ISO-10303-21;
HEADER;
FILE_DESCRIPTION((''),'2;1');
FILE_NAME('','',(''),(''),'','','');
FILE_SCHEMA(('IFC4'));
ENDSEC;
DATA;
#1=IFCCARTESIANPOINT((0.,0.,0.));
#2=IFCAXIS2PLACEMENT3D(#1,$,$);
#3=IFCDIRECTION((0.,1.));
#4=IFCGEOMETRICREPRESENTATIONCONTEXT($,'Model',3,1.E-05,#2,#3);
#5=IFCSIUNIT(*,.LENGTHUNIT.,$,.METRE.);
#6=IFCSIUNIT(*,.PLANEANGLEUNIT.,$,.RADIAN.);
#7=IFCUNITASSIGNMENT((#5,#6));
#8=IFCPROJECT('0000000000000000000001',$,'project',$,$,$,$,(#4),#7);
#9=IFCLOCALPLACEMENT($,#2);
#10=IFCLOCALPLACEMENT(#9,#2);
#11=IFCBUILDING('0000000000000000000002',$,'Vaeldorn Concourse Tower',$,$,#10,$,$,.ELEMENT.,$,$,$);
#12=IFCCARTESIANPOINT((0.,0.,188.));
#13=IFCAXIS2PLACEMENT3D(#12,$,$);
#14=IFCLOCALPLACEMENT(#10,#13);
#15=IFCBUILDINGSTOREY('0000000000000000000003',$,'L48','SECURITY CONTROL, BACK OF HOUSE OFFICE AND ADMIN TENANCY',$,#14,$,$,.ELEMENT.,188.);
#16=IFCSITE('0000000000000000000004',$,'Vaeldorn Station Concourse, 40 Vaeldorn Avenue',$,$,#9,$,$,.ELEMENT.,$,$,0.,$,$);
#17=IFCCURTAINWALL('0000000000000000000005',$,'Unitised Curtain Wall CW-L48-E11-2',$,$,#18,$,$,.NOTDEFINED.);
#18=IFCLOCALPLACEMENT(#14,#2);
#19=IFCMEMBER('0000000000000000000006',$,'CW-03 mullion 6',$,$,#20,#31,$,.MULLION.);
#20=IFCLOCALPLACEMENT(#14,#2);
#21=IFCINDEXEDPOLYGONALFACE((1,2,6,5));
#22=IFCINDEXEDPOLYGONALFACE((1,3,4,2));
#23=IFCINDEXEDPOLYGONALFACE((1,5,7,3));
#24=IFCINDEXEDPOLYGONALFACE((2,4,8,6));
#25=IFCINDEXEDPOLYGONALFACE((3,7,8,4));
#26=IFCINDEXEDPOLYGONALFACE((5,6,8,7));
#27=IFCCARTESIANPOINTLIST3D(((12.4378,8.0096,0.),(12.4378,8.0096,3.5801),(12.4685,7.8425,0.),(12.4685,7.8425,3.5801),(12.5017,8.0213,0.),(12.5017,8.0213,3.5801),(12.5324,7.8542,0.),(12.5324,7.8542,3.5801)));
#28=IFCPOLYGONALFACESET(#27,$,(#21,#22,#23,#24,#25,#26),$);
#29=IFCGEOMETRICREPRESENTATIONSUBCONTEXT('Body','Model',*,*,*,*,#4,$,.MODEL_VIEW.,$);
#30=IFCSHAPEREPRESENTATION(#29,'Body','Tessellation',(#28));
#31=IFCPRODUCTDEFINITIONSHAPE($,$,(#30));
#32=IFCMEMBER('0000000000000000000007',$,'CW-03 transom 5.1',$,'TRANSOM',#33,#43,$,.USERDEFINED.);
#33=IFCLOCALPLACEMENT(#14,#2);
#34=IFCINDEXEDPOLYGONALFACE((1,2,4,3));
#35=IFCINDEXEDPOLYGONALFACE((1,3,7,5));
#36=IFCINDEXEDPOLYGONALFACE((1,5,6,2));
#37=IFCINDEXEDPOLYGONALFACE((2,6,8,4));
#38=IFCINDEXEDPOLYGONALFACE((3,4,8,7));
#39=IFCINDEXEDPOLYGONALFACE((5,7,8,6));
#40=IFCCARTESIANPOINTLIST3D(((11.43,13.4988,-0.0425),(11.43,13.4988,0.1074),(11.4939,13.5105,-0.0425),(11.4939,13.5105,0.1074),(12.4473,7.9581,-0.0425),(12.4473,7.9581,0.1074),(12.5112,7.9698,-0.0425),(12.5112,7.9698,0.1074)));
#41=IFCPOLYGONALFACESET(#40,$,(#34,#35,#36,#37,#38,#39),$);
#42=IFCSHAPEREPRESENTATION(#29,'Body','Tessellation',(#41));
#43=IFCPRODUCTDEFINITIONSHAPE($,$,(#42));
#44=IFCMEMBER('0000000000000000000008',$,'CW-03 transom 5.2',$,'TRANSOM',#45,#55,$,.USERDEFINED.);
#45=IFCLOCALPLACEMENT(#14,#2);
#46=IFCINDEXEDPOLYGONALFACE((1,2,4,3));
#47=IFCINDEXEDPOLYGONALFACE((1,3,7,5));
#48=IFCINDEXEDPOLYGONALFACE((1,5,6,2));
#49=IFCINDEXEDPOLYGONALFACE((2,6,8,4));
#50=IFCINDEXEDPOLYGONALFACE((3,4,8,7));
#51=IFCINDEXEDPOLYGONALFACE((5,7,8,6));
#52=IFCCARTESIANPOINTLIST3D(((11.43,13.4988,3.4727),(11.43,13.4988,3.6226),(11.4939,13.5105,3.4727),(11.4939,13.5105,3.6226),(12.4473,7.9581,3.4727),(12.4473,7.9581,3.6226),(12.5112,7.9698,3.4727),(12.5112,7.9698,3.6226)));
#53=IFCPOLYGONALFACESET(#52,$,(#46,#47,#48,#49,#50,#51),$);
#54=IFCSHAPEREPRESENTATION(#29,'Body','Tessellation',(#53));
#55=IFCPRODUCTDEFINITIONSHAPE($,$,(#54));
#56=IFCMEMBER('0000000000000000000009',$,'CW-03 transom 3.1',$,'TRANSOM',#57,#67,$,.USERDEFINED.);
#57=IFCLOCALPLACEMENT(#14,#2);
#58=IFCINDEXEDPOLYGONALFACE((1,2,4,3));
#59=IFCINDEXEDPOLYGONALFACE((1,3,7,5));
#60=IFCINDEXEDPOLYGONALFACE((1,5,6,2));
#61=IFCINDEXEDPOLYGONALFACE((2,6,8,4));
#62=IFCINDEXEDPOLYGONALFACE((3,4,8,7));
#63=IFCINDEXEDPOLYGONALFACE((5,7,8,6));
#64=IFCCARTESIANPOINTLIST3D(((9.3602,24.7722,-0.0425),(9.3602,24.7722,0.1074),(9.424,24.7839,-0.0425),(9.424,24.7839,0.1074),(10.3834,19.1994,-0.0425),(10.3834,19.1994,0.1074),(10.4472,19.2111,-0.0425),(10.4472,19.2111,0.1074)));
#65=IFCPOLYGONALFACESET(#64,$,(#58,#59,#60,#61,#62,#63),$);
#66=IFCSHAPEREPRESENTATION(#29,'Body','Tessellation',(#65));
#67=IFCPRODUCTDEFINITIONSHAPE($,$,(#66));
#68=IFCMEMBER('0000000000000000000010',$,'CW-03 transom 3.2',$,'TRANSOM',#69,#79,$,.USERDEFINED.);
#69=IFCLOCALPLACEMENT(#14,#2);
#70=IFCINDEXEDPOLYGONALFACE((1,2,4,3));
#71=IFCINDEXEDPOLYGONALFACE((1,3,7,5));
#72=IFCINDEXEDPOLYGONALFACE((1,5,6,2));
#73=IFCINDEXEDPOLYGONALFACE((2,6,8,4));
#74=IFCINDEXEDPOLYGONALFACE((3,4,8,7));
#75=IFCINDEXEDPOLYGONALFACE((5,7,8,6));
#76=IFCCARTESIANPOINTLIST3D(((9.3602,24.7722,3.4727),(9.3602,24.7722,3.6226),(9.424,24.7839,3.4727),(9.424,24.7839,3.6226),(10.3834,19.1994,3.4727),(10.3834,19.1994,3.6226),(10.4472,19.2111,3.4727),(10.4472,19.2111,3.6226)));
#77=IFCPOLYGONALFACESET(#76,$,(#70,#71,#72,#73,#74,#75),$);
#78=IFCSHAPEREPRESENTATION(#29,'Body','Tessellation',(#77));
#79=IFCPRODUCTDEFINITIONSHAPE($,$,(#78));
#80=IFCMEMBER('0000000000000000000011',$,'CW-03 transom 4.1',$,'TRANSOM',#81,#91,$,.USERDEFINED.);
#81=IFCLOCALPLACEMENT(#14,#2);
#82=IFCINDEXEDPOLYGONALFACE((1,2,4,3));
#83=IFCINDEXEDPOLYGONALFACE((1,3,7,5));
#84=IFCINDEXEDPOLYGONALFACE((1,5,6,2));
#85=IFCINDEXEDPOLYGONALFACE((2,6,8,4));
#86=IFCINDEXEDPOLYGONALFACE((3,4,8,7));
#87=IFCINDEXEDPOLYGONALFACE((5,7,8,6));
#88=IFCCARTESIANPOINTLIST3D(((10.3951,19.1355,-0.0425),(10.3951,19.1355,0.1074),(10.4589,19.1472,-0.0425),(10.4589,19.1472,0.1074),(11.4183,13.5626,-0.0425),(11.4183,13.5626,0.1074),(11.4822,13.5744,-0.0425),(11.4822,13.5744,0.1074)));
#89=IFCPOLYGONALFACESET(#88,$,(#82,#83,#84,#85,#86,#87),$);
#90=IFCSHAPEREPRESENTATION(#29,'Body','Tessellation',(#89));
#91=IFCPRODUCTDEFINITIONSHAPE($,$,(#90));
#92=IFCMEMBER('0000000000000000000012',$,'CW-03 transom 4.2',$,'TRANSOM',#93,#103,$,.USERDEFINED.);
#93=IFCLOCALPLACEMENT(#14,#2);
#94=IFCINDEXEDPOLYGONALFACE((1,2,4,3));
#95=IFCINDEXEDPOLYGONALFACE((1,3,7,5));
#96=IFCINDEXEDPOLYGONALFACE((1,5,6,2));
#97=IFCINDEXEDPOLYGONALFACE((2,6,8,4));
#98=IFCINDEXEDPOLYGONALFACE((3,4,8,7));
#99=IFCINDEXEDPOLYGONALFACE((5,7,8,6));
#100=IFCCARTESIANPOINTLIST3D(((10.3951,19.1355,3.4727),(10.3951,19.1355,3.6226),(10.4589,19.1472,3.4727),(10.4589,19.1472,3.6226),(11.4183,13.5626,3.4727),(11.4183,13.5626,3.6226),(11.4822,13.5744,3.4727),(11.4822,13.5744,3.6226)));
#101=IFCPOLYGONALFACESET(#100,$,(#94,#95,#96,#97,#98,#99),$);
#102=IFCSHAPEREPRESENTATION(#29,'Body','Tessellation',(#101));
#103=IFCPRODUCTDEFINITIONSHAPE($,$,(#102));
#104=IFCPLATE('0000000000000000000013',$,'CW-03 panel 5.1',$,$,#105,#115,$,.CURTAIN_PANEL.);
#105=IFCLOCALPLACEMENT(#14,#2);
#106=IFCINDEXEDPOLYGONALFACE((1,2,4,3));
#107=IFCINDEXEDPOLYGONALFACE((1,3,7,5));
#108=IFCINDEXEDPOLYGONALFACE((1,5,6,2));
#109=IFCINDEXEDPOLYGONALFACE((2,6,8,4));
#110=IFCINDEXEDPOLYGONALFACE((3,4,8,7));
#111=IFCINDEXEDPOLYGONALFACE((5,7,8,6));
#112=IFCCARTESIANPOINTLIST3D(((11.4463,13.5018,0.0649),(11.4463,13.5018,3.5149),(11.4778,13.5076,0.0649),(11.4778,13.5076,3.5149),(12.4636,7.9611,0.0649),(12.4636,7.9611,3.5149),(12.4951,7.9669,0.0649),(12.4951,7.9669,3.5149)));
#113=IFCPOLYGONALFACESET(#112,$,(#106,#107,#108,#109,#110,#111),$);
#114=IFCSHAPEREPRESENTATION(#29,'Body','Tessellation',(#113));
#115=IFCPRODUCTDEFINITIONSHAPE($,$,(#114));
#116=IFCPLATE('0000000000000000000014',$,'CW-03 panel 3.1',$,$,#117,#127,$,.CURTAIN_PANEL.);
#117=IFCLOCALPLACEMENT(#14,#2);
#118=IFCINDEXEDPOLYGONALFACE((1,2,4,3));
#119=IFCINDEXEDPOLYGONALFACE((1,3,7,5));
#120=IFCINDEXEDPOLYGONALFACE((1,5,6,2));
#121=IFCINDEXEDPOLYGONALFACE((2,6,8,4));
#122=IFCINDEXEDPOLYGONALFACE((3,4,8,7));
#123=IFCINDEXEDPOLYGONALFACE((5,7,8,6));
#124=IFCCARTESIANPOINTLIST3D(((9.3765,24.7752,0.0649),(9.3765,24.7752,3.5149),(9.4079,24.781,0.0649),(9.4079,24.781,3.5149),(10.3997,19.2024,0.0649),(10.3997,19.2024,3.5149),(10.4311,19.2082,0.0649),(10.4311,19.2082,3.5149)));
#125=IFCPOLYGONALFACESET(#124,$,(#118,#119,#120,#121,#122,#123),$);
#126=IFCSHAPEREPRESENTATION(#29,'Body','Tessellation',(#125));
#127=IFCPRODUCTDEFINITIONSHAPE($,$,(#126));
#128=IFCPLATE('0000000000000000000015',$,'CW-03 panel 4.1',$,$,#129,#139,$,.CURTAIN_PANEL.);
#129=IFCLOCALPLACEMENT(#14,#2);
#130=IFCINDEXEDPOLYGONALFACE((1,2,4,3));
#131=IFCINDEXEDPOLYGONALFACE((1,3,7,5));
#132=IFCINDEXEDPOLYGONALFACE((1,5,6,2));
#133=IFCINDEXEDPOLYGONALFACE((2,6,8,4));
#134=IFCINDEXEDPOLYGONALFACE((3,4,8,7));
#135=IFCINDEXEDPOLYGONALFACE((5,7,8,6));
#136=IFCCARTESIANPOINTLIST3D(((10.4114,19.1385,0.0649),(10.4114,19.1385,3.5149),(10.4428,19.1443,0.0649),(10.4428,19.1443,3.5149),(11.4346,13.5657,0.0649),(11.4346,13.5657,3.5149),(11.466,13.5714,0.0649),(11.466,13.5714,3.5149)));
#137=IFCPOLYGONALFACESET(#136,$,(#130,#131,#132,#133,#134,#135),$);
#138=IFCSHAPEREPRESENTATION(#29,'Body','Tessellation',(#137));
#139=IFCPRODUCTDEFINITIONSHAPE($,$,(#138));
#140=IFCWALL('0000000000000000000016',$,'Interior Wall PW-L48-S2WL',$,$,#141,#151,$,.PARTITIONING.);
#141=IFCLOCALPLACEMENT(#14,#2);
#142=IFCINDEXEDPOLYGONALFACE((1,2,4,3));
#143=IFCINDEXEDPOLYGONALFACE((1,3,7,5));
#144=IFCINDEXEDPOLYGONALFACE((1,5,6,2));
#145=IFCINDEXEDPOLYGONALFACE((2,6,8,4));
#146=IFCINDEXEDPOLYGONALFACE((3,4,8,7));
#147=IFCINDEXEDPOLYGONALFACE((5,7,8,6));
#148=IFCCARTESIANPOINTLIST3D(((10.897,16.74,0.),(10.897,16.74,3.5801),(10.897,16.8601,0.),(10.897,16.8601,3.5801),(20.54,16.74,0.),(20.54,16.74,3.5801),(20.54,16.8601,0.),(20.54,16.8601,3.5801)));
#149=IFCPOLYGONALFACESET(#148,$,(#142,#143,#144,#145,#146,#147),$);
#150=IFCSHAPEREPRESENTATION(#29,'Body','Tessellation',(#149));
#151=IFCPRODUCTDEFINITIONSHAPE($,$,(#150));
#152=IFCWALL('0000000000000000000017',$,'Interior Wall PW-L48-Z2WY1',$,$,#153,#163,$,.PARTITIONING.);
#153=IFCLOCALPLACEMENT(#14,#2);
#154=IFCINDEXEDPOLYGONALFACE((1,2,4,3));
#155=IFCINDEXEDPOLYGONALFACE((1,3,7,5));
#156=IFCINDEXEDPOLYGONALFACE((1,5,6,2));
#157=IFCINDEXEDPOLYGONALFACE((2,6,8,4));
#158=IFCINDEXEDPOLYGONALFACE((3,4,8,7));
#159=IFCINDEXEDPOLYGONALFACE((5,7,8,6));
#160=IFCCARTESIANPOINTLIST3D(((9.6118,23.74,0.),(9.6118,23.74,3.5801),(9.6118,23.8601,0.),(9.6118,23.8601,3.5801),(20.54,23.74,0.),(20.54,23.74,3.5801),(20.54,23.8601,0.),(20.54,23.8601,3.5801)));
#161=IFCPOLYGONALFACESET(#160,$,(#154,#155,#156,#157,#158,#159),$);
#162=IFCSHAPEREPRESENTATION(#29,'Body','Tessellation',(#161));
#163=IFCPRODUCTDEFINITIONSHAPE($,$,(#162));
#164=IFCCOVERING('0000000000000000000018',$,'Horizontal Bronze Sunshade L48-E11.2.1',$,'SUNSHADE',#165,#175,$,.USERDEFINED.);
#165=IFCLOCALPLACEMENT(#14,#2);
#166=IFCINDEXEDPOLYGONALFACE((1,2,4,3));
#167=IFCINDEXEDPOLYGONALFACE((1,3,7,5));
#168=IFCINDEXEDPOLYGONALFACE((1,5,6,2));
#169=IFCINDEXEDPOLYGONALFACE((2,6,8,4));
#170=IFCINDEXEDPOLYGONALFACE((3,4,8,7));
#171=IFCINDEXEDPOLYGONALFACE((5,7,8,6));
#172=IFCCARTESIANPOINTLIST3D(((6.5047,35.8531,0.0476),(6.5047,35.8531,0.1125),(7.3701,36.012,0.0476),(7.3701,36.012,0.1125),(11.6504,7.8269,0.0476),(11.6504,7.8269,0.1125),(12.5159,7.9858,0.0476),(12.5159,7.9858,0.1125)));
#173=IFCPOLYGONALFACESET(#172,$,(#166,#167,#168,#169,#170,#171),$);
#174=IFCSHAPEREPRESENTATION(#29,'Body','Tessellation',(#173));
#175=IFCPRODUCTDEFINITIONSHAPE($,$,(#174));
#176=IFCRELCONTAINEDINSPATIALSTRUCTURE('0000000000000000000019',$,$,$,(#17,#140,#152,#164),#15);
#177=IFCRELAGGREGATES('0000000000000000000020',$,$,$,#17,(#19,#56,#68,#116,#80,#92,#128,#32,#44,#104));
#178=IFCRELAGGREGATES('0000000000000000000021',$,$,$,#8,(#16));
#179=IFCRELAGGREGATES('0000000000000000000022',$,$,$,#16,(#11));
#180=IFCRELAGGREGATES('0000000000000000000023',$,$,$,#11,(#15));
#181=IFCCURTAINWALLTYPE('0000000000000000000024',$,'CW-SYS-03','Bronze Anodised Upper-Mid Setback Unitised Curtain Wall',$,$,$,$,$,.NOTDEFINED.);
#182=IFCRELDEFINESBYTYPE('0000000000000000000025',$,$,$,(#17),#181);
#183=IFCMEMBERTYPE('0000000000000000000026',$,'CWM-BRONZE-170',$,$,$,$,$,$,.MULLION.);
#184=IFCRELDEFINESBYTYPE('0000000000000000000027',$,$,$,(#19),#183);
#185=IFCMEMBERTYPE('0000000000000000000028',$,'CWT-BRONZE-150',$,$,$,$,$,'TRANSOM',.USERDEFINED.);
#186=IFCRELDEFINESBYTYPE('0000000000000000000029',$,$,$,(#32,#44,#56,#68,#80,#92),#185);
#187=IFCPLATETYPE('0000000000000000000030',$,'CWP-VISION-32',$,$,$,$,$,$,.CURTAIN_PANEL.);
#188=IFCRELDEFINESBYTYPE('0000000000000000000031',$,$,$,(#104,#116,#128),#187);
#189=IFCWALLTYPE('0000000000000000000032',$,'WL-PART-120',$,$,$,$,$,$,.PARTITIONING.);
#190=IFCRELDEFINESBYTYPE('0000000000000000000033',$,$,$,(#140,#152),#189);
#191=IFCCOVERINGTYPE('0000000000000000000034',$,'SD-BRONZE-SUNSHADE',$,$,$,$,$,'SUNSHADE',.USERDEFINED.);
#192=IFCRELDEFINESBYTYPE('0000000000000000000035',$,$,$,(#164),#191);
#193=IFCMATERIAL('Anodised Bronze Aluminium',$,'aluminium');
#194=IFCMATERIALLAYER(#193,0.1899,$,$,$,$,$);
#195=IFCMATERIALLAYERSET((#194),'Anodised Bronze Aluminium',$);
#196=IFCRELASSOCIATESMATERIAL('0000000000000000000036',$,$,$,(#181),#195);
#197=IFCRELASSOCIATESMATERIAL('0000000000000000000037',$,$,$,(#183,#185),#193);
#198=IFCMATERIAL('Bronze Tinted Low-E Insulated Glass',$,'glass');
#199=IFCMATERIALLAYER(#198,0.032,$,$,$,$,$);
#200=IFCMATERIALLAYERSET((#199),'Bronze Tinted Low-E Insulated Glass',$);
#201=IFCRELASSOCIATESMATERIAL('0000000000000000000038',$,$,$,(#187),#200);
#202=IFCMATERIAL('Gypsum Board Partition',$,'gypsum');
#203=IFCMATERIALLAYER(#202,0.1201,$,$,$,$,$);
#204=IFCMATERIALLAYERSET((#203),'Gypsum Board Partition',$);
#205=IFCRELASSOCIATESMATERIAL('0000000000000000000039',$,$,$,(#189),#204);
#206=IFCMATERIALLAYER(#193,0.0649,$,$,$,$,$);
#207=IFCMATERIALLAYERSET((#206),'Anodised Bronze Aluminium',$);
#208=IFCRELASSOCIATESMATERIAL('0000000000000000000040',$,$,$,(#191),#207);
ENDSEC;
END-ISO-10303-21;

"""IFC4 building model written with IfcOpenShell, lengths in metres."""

from ifc_helpers import new_model, si_unit, direction, frame, frame_2d, origin, origin_2d, place, context, subcontext, project, spatial, rectangle, extrude, source, transform, mapped, material, layer, layer_set, material_profile, profile_set, type_object, element, aggregate, save


model = new_model("IFC4")

# Units and contexts
model_context = context("Model", 3, precision=1e-05, world=origin(), true_north=direction((0.0, 1.0)))
body_context = subcontext(model_context, "Body", "Model", "MODEL_VIEW")
ifc_project = project(units=[si_unit("LENGTHUNIT", "METRE"), si_unit("PLANEANGLEUNIT", "RADIAN")], contexts=[model_context])

# Site, building, storey
site_placement = place(None, origin())
site = spatial("IfcSite", under=ifc_project, at=site_placement, Name="Vaeldorn Station Concourse, 40 Vaeldorn Avenue", CompositionType="ELEMENT", RefElevation=0.0)
building_placement = place(site_placement, origin())
building = spatial("IfcBuilding", under=site, at=building_placement, Name="Vaeldorn Concourse Tower", CompositionType="ELEMENT")
storey_placement = place(building_placement, frame((0.0, 0.0, 188.0)))
storey = spatial("IfcBuildingStorey", under=building, at=storey_placement, Name="L48", Description="SECURITY CONTROL, BACK OF HOUSE OFFICE AND ADMIN TENANCY", CompositionType="ELEMENT", Elevation=188.0)

# Curtain wall, members, plates
ifc_material_1 = material(Name="Anodised Bronze Aluminium", Category="aluminium")
ifc_layer_1 = layer(ifc_material_1, 0.1899)
ifc_layer_set_1 = layer_set([ifc_layer_1], Name="Anodised Bronze Aluminium")
curtain_wall_type = type_object("IfcCurtainWallType", Name="CW-SYS-03", Description="Bronze Anodised Upper-Mid Setback Unitised Curtain Wall", PredefinedType="NOTDEFINED", material=ifc_layer_set_1)
curtain_wall_placement = place(storey_placement, origin())
curtain_wall = element("IfcCurtainWall", 1, at=curtain_wall_placement, inside=storey, type_object=curtain_wall_type, Name="Unitised Curtain Wall CW-L48-E11-2", PredefinedType="NOTDEFINED")
ifc_material_profile_1 = material_profile(ifc_material_1, rectangle(XDim=0.0649, YDim=0.1699, at=origin_2d()), Name="CWM 65x170")
ifc_profile_set_1 = profile_set([ifc_material_profile_1], Name="Anodised Bronze Aluminium")
member_type_1 = type_object("IfcMemberType", Name="CWM-BRONZE-170", PredefinedType="MULLION", material=ifc_profile_set_1)
shared_shape_1 = source(origin(), body_context, "Body", "SweptSolid", [
    extrude(rectangle(XDim=0.0649, YDim=0.1699, at=origin_2d()), origin(), (0.0, 0.0, 1.0), 3.5801),
])
member_1_placement = place(storey_placement, frame((12.4851, 7.9319, 0.0), z_axis=(0.0, 0.0, 1.0), x_axis=(0.983559, 0.180585, 0.0)))
member_1 = element("IfcMember", 2, at=member_1_placement, type_object=member_type_1, Name="CW-03 mullion 6", PredefinedType="MULLION", context=body_context, shape_type="MappedRepresentation", body=[
    mapped(shared_shape_1, transform((0.0, 0.0, 0.0), scale=1.0)),
])
ifc_material_profile_2 = material_profile(ifc_material_1, rectangle(XDim=0.0649, YDim=0.1499, at=origin_2d()), Name="CWT 65x150")
ifc_profile_set_2 = profile_set([ifc_material_profile_2], Name="Anodised Bronze Aluminium")
member_type_2 = type_object("IfcMemberType", Name="CWT-BRONZE-150", ElementType="TRANSOM", PredefinedType="USERDEFINED", material=ifc_profile_set_2)
shared_shape_2 = source(origin(), body_context, "Body", "SweptSolid", [
    extrude(rectangle(XDim=0.0649, YDim=0.1499, at=origin_2d()), origin(), (0.0, 0.0, 1.0), 5.6333),
])
member_2_placement = place(storey_placement, frame((11.4619, 13.5046, 0.0325), z_axis=(0.18059, -0.983558, 0.0), x_axis=(0.983558, 0.18059, 0.0)))
member_2 = element("IfcMember", 3, at=member_2_placement, type_object=member_type_2, Name="CW-03 transom 5.1", ObjectType="TRANSOM", PredefinedType="USERDEFINED", context=body_context, shape_type="MappedRepresentation", body=[
    mapped(shared_shape_2, transform((0.0, 0.0, 0.0), scale=1.0)),
])
member_3_placement = place(storey_placement, frame((11.4619, 13.5046, 3.5476), z_axis=(0.18059, -0.983558, 0.0), x_axis=(0.983558, 0.18059, 0.0)))
member_3 = element("IfcMember", 4, at=member_3_placement, type_object=member_type_2, Name="CW-03 transom 5.2", ObjectType="TRANSOM", PredefinedType="USERDEFINED", context=body_context, shape_type="MappedRepresentation", body=[
    mapped(shared_shape_2, transform((0.0, 0.0, 0.0), scale=1.0)),
])
shared_shape_3 = source(origin(), body_context, "Body", "SweptSolid", [
    extrude(rectangle(XDim=0.0649, YDim=0.1499, at=origin_2d()), origin(), (0.0, 0.0, 1.0), 5.666),
])
member_4_placement = place(storey_placement, frame((9.3921, 24.7781, 0.0325), z_axis=(0.180588, -0.983559, 0.0), x_axis=(0.983559, 0.180588, 0.0)))
member_4 = element("IfcMember", 5, at=member_4_placement, type_object=member_type_2, Name="CW-03 transom 3.1", ObjectType="TRANSOM", PredefinedType="USERDEFINED", context=body_context, shape_type="MappedRepresentation", body=[
    mapped(shared_shape_3, transform((0.0, 0.0, 0.0), scale=1.0)),
])
member_5_placement = place(storey_placement, frame((9.3921, 24.7781, 3.5476), z_axis=(0.180588, -0.983559, 0.0), x_axis=(0.983559, 0.180588, 0.0)))
member_5 = element("IfcMember", 6, at=member_5_placement, type_object=member_type_2, Name="CW-03 transom 3.2", ObjectType="TRANSOM", PredefinedType="USERDEFINED", context=body_context, shape_type="MappedRepresentation", body=[
    mapped(shared_shape_3, transform((0.0, 0.0, 0.0), scale=1.0)),
])
member_6_placement = place(storey_placement, frame((10.427, 19.1414, 0.0325), z_axis=(0.180588, -0.983559, 0.0), x_axis=(0.983559, 0.180588, 0.0)))
member_6 = element("IfcMember", 7, at=member_6_placement, type_object=member_type_2, Name="CW-03 transom 4.1", ObjectType="TRANSOM", PredefinedType="USERDEFINED", context=body_context, shape_type="MappedRepresentation", body=[
    mapped(shared_shape_3, transform((0.0, 0.0, 0.0), scale=1.0)),
])
member_7_placement = place(storey_placement, frame((10.427, 19.1414, 3.5476), z_axis=(0.180588, -0.983559, 0.0), x_axis=(0.983559, 0.180588, 0.0)))
member_7 = element("IfcMember", 8, at=member_7_placement, type_object=member_type_2, Name="CW-03 transom 4.2", ObjectType="TRANSOM", PredefinedType="USERDEFINED", context=body_context, shape_type="MappedRepresentation", body=[
    mapped(shared_shape_3, transform((0.0, 0.0, 0.0), scale=1.0)),
])
ifc_material_2 = material(Name="Bronze Tinted Low-E Insulated Glass", Category="glass")
ifc_layer_2 = layer(ifc_material_2, 0.032)
ifc_layer_set_2 = layer_set([ifc_layer_2], Name="Bronze Tinted Low-E Insulated Glass")
plate_type = type_object("IfcPlateType", Name="CWP-VISION-32", PredefinedType="CURTAIN_PANEL", material=ifc_layer_set_2)
shared_shape_4 = source(origin(), body_context, "Body", "SweptSolid", [
    extrude(rectangle(XDim=5.6333, YDim=0.032, at=origin_2d()), origin(), (0.0, 0.0, 1.0), 3.45),
])
plate_1_placement = place(storey_placement, frame((11.9707, 10.7344, 0.0649), z_axis=(0.0, 0.0, 1.0), x_axis=(0.180585, -0.983559, 0.0)))
plate_1 = element("IfcPlate", 9, at=plate_1_placement, type_object=plate_type, Name="CW-03 panel 5.1", PredefinedType="CURTAIN_PANEL", context=body_context, shape_type="MappedRepresentation", body=[
    mapped(shared_shape_4, transform((0.0, 0.0, 0.0), scale=1.0)),
])
shared_shape_5 = source(origin(), body_context, "Body", "SweptSolid", [
    extrude(rectangle(XDim=5.666, YDim=0.032, at=origin_2d()), origin(), (0.0, 0.0, 1.0), 3.45),
])
plate_2_placement = place(storey_placement, frame((9.9038, 21.9917, 0.0649), z_axis=(0.0, 0.0, 1.0), x_axis=(0.180585, -0.983559, 0.0)))
plate_2 = element("IfcPlate", 10, at=plate_2_placement, type_object=plate_type, Name="CW-03 panel 3.1", PredefinedType="CURTAIN_PANEL", context=body_context, shape_type="MappedRepresentation", body=[
    mapped(shared_shape_5, transform((0.0, 0.0, 0.0), scale=1.0)),
])
plate_3_placement = place(storey_placement, frame((10.9387, 16.355, 0.0649), z_axis=(0.0, 0.0, 1.0), x_axis=(0.180585, -0.983559, 0.0)))
plate_3 = element("IfcPlate", 11, at=plate_3_placement, type_object=plate_type, Name="CW-03 panel 4.1", PredefinedType="CURTAIN_PANEL", context=body_context, shape_type="MappedRepresentation", body=[
    mapped(shared_shape_5, transform((0.0, 0.0, 0.0), scale=1.0)),
])
aggregate(curtain_wall, [member_1, member_4, member_5, plate_2, member_6, member_7, plate_3, member_2, member_3, plate_1])

# Walls
ifc_material_3 = material(Name="Gypsum Board Partition", Category="gypsum")
ifc_layer_3 = layer(ifc_material_3, 0.1201)
ifc_layer_set_3 = layer_set([ifc_layer_3], Name="Gypsum Board Partition")
wall_type = type_object("IfcWallType", Name="WL-PART-120", PredefinedType="PARTITIONING", material=ifc_layer_set_3)
wall_1_placement = place(storey_placement, frame((10.897, 16.8, 0.0), z_axis=(0.0, 0.0, 1.0), x_axis=(1.0, 0.0, 0.0)))
element("IfcWall", 12, at=wall_1_placement, inside=storey, type_object=wall_type, Name="Interior Wall PW-L48-S2WL", PredefinedType="PARTITIONING", context=body_context, shape_type="SweptSolid", body=[
    extrude(rectangle(XDim=9.6431, YDim=0.1201, at=frame_2d((4.8215, 0.0))), origin(), (0.0, 0.0, 1.0), 3.5801),
])
wall_2_placement = place(storey_placement, frame((9.6118, 23.8, 0.0), z_axis=(0.0, 0.0, 1.0), x_axis=(1.0, 0.0, 0.0)))
element("IfcWall", 13, at=wall_2_placement, inside=storey, type_object=wall_type, Name="Interior Wall PW-L48-Z2WY1", PredefinedType="PARTITIONING", context=body_context, shape_type="SweptSolid", body=[
    extrude(rectangle(XDim=10.9282, YDim=0.1201, at=frame_2d((5.4641, 0.0))), origin(), (0.0, 0.0, 1.0), 3.5801),
])

# Covering
ifc_layer_4 = layer(ifc_material_1, 0.0649)
ifc_layer_set_4 = layer_set([ifc_layer_4], Name="Anodised Bronze Aluminium")
covering_type = type_object("IfcCoveringType", Name="SD-BRONZE-SUNSHADE", ElementType="SUNSHADE", PredefinedType="USERDEFINED", material=ifc_layer_set_4)
shared_shape_6 = source(origin(), body_context, "Body", "SweptSolid", [
    extrude(rectangle(XDim=28.4946, YDim=0.8799, at=origin_2d()), origin(), (0.0, 0.0, 1.0), 0.0649),
])
for number, where, z_axis, x_axis, name in (
    (14, (9.5103, 21.9194, 0.0476), (0.0, 0.0, 1.0), (0.180588, -0.983559, 0.0), "Horizontal Bronze Sunshade L48-E11.2.1"),
):
    element("IfcCovering", number, at=place(storey_placement, frame(where, z_axis=z_axis, x_axis=x_axis)), inside=storey, type_object=covering_type, Name=name, ObjectType="SUNSHADE", PredefinedType="USERDEFINED", context=body_context, shape_type="MappedRepresentation", body=[
        mapped(shared_shape_6, transform((0.0, 0.0, 0.0), scale=1.0)),
    ])

save(model, "model.ifc")
